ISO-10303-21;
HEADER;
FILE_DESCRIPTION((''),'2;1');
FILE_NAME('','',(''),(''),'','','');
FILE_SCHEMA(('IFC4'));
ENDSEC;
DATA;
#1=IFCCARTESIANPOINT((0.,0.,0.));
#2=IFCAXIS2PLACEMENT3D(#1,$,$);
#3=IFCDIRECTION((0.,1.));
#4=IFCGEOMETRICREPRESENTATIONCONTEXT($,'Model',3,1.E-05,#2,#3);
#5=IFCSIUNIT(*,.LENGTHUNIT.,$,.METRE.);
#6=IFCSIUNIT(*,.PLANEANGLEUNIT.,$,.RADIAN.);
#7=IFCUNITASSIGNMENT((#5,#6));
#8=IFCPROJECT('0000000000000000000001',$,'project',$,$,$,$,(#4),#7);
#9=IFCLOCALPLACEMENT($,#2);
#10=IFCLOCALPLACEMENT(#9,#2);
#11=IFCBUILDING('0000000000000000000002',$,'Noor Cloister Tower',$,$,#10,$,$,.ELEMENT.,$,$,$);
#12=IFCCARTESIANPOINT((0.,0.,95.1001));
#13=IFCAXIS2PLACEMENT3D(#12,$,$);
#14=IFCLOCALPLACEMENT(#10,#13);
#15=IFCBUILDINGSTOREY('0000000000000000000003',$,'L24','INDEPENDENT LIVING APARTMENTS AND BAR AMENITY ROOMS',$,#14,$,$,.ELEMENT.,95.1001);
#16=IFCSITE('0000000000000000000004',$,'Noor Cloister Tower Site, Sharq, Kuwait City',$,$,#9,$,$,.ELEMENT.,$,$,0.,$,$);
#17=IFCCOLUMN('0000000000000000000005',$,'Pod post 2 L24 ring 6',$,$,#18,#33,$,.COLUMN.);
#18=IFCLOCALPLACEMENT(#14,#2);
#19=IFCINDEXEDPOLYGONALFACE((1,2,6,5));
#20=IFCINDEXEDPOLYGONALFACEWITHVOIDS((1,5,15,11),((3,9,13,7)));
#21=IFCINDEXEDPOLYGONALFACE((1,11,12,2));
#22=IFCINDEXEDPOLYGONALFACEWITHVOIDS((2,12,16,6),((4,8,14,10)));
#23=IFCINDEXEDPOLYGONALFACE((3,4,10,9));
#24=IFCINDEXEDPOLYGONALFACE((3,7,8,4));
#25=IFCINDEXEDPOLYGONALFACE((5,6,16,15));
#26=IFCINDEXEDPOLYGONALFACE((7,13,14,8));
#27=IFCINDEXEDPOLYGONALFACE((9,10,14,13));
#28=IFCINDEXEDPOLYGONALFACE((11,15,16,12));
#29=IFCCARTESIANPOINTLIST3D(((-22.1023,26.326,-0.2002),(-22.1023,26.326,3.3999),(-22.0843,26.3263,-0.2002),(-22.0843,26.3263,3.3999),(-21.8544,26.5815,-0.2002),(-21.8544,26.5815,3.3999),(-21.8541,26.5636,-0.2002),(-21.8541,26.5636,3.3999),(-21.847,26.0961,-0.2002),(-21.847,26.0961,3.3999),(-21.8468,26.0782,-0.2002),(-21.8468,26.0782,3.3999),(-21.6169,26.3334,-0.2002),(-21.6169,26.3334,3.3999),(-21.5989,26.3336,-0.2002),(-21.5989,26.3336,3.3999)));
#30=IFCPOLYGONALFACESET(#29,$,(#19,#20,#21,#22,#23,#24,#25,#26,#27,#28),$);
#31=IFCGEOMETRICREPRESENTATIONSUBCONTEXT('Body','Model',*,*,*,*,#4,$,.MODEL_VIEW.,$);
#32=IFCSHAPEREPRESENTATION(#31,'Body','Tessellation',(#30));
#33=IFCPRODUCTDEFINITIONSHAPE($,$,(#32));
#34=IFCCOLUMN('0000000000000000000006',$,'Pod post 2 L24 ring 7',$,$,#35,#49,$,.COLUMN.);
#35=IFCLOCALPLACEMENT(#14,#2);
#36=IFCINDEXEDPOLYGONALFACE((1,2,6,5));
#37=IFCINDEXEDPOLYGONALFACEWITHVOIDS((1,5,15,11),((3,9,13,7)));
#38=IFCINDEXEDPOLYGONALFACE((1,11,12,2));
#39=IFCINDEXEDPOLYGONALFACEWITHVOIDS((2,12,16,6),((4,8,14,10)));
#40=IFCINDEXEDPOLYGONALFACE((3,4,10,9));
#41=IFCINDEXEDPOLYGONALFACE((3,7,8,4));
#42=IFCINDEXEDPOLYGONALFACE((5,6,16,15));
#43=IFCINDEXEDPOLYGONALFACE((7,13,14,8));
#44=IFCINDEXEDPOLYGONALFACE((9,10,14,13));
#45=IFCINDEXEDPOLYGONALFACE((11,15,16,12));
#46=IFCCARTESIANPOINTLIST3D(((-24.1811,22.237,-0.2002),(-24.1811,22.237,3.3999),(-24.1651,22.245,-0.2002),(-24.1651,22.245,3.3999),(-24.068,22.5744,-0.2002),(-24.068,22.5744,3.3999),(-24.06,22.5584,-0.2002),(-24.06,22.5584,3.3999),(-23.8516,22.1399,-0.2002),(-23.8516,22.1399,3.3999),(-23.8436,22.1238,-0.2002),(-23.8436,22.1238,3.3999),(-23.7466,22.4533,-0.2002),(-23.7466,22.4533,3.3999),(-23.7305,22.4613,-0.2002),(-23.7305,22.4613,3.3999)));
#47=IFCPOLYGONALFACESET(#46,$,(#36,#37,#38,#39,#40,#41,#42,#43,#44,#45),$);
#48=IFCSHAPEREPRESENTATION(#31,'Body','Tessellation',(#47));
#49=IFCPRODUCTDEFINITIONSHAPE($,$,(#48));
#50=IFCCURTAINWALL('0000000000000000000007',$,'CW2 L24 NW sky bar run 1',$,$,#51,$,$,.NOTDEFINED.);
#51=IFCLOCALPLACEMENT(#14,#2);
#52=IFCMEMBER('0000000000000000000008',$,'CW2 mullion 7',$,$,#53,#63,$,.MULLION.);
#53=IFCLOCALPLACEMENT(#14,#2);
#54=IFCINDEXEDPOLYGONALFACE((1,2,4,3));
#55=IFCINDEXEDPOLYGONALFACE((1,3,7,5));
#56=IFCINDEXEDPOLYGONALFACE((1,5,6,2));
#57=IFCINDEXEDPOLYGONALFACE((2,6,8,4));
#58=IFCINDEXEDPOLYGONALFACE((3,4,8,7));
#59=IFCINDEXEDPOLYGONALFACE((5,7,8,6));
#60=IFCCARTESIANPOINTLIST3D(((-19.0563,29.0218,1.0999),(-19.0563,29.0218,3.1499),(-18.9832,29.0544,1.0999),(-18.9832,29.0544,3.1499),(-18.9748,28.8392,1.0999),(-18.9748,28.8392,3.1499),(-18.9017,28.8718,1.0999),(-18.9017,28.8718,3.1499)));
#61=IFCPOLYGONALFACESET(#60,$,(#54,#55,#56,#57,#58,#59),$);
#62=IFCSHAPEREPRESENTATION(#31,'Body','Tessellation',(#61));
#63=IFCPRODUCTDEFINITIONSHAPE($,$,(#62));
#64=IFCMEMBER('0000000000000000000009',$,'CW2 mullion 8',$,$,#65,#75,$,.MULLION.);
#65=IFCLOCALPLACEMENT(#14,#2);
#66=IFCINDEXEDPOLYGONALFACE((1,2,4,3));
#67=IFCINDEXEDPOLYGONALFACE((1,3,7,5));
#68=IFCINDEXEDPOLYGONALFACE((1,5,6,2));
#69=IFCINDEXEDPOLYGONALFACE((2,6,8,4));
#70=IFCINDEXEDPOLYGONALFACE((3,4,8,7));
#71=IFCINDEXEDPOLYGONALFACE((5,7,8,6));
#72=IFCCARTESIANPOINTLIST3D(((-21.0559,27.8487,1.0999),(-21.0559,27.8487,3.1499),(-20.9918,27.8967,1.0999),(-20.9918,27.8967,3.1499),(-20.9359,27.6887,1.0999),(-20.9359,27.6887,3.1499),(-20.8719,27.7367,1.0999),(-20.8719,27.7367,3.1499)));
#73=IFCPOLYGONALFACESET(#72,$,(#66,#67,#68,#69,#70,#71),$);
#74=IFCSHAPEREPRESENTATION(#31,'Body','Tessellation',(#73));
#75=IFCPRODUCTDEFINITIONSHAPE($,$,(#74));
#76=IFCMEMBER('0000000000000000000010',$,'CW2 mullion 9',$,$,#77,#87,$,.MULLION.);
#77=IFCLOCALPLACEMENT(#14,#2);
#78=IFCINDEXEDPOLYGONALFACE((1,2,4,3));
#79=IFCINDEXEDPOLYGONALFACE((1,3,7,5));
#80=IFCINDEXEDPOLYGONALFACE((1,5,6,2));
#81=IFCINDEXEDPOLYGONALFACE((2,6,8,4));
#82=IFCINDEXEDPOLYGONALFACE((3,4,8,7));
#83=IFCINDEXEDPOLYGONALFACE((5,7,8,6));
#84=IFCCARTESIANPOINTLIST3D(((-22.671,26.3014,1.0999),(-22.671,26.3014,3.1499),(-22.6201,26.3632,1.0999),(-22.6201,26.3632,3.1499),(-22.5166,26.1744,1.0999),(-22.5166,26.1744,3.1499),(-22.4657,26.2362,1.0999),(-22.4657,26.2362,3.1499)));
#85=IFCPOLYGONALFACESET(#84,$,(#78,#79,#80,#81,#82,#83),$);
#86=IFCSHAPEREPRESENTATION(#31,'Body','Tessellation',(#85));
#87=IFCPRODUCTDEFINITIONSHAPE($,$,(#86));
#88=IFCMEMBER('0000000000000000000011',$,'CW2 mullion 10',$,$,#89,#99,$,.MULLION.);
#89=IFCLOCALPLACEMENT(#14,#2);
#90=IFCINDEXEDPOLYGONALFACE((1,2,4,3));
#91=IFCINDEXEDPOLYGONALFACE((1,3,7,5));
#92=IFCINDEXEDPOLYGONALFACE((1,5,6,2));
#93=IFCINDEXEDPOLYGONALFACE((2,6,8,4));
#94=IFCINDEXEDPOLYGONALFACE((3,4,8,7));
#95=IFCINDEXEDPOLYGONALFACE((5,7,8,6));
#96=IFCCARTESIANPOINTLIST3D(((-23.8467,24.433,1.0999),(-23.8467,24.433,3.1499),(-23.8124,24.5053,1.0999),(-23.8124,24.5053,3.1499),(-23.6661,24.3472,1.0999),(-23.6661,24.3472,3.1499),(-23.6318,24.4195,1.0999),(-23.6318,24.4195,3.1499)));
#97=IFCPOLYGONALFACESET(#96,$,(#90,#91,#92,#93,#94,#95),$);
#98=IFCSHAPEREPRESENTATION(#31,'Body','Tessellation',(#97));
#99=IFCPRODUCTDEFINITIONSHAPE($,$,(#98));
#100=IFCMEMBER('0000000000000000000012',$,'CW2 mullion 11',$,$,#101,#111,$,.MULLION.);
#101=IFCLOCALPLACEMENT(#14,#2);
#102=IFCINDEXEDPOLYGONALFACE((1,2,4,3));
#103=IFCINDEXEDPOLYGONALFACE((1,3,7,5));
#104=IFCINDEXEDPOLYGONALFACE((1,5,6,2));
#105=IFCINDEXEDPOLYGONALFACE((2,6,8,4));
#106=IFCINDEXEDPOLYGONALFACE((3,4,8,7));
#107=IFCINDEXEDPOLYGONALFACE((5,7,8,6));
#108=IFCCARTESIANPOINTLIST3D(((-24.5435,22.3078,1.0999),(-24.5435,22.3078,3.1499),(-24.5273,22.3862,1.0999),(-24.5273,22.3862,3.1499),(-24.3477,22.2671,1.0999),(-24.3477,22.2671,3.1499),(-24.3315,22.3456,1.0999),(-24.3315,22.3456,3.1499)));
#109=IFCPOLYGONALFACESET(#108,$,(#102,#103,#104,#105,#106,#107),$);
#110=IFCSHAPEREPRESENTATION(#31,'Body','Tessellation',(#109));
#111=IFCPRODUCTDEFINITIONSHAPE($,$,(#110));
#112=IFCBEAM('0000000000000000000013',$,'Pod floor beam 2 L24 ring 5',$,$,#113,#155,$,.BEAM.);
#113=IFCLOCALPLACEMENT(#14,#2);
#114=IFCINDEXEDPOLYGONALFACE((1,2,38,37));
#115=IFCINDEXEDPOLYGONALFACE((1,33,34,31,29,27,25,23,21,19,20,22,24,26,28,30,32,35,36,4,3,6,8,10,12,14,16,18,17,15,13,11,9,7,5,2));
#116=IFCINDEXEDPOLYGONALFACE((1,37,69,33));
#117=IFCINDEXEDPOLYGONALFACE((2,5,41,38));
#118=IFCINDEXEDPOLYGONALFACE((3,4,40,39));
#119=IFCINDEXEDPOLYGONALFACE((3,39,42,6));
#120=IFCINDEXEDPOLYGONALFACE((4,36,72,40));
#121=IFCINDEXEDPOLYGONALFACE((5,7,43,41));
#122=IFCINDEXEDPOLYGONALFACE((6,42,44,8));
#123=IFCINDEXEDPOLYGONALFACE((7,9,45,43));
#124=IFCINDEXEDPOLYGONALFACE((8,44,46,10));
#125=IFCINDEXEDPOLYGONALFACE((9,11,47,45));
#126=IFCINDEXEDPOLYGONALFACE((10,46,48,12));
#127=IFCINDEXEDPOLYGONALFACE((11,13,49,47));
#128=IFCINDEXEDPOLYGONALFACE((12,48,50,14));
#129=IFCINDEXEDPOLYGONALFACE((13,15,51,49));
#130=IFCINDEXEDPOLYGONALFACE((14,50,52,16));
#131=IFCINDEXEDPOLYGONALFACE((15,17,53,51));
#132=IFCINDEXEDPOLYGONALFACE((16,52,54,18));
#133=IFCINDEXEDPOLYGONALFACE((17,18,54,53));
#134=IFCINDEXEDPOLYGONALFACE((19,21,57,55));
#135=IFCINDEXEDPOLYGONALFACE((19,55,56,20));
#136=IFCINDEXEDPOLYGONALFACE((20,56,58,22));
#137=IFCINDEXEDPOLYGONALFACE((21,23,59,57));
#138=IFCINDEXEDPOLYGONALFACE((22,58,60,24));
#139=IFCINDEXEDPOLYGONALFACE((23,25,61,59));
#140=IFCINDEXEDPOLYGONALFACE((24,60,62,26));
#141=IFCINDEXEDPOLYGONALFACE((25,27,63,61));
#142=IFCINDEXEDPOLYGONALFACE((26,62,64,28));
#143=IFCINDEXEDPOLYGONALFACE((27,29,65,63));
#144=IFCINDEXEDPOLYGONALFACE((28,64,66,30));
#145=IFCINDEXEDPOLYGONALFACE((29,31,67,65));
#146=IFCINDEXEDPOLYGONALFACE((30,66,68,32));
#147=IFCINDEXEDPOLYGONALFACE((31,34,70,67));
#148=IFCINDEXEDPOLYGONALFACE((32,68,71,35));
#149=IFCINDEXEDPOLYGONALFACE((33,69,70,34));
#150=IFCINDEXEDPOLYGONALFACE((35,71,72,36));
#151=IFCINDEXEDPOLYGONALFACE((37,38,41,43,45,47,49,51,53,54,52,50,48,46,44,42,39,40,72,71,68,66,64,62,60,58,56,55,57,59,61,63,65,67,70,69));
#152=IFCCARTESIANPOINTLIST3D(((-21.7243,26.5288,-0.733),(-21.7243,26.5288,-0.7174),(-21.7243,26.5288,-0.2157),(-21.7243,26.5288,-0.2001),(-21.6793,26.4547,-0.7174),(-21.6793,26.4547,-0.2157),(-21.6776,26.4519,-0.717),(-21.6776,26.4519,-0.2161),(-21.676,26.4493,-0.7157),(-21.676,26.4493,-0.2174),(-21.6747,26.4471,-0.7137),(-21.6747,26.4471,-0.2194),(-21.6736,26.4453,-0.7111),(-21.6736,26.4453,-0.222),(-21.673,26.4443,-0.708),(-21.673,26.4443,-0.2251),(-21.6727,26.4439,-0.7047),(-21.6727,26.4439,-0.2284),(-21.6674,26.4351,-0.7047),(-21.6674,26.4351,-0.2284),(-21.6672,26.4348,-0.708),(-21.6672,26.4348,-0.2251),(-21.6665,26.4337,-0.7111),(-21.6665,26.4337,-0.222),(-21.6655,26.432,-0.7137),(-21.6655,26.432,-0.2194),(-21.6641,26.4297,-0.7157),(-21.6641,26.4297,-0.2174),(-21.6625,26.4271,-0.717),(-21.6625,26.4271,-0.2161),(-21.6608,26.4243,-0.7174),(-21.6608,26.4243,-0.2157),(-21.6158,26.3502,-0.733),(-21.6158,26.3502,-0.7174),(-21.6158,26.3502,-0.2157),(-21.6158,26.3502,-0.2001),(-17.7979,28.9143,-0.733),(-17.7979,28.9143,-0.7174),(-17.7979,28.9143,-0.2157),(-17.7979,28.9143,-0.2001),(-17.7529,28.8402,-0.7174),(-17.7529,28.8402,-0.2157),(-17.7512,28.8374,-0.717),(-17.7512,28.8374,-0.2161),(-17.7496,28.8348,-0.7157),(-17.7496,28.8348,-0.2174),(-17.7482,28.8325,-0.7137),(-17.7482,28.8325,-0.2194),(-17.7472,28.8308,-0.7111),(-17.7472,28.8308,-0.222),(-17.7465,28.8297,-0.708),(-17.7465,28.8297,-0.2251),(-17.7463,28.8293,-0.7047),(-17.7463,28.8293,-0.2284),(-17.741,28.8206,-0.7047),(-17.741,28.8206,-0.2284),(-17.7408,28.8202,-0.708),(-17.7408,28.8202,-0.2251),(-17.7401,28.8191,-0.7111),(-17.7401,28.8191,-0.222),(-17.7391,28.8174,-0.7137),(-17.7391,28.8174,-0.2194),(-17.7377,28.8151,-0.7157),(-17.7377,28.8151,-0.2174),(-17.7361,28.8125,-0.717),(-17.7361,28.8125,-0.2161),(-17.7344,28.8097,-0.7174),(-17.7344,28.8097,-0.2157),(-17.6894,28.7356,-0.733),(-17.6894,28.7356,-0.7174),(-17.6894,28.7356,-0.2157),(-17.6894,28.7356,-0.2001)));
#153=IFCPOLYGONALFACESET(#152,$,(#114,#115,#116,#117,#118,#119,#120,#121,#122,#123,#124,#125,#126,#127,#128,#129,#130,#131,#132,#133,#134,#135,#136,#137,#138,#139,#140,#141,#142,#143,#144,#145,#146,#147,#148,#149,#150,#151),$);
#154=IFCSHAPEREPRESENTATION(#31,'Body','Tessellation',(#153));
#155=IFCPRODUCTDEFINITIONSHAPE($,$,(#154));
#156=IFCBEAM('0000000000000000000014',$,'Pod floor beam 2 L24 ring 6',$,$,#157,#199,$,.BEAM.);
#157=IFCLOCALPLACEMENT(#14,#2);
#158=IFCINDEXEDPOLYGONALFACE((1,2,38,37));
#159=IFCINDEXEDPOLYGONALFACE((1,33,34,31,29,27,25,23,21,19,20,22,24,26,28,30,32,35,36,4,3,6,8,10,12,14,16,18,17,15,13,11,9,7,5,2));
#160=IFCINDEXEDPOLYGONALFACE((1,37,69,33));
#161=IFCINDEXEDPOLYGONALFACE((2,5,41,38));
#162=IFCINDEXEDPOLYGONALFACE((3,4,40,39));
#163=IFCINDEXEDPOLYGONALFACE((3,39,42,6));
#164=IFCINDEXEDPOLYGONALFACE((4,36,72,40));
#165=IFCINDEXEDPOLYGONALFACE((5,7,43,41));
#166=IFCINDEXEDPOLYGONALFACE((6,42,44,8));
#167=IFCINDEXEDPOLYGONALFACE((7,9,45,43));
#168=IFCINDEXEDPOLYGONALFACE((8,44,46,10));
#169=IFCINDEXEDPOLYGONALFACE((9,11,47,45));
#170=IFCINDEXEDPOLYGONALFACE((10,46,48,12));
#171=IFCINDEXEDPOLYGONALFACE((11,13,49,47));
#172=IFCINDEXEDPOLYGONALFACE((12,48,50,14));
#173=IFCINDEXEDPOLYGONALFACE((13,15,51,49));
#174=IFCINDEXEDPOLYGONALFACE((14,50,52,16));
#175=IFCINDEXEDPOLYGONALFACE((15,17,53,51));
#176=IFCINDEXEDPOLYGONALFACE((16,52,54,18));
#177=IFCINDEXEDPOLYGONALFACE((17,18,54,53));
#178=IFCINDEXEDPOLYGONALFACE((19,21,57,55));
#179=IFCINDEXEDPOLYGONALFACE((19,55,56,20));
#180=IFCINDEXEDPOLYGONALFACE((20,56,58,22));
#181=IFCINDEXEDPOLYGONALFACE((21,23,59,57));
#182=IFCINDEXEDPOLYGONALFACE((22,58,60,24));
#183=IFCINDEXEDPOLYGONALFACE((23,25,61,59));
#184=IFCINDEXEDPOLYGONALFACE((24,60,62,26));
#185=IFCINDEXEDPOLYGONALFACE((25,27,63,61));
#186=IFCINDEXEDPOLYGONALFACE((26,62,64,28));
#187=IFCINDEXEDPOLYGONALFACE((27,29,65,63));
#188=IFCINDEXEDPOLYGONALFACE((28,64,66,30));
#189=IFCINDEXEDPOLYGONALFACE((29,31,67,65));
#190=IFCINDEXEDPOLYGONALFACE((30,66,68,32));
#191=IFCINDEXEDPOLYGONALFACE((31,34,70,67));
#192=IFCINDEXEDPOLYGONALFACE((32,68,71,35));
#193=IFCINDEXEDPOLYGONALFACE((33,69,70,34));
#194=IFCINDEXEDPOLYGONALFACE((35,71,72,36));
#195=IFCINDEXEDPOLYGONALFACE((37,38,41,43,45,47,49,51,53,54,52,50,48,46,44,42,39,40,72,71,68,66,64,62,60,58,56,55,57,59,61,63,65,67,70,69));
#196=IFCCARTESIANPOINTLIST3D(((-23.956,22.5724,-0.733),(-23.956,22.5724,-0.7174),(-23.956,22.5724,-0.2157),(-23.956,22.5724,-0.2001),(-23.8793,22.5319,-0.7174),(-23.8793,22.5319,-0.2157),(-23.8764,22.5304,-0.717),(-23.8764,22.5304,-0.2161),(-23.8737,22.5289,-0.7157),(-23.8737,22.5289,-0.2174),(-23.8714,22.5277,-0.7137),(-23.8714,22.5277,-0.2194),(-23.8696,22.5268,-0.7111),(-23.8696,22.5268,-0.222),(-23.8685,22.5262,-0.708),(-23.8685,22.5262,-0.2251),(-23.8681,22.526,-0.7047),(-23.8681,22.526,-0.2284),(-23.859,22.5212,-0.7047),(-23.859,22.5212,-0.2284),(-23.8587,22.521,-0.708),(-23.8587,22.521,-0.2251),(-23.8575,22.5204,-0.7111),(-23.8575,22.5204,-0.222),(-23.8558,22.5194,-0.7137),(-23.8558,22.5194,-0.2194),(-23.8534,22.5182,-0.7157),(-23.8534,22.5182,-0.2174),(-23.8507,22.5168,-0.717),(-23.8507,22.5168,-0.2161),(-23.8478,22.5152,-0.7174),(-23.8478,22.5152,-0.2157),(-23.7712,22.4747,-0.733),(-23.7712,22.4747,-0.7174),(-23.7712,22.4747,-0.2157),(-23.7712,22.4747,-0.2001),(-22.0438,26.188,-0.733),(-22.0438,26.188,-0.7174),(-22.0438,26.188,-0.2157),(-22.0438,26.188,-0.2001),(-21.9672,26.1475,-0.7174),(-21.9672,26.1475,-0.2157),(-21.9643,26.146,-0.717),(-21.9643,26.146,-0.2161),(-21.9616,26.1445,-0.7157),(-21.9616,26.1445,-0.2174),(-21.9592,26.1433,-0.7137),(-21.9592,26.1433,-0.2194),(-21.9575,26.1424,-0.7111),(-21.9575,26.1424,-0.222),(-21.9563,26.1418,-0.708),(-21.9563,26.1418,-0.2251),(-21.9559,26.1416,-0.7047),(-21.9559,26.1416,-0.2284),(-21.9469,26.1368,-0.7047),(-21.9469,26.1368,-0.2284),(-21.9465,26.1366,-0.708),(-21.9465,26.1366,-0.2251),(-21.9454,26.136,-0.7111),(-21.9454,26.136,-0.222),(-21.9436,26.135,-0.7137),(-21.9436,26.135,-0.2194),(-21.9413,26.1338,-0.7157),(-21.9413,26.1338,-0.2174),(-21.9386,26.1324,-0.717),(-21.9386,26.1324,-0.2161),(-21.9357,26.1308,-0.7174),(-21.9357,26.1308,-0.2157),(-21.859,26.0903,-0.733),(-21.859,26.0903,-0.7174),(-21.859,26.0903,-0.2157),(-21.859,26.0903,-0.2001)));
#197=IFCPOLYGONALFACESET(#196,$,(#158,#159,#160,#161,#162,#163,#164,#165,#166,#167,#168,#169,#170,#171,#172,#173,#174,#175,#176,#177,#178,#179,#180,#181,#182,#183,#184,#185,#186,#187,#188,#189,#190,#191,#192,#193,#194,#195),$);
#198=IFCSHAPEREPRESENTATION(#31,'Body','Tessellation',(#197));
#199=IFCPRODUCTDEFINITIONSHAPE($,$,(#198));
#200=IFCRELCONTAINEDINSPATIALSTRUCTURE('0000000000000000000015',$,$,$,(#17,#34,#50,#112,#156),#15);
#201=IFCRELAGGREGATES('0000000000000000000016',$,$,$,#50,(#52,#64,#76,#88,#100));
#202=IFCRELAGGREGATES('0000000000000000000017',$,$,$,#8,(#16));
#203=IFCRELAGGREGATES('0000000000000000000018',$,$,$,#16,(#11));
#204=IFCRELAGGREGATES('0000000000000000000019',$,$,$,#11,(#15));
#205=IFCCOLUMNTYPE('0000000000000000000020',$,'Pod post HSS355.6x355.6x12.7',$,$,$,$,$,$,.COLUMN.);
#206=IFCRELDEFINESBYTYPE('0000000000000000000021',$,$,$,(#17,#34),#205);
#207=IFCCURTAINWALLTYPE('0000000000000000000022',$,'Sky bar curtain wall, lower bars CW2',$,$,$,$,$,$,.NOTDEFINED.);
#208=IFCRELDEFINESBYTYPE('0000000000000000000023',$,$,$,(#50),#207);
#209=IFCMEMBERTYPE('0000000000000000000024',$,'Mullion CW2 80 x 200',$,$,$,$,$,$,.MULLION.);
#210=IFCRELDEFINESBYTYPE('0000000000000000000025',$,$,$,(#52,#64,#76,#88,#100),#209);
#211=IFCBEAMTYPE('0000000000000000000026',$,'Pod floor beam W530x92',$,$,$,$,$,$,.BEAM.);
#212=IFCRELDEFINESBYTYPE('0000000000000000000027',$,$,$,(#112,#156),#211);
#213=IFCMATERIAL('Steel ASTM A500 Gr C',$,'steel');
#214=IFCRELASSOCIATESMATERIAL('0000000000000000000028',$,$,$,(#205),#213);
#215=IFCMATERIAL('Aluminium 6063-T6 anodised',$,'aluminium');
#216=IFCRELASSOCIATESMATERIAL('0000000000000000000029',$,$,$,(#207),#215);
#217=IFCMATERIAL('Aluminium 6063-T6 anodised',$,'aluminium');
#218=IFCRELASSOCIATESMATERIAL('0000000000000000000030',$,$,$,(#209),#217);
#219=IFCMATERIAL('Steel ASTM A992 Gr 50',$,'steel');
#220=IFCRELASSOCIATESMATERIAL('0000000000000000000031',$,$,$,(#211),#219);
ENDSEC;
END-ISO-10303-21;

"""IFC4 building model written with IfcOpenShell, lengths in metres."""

from ifc_helpers import new_model, si_unit, direction, frame, origin, origin_2d, place, context, subcontext, project, spatial, rectangle, hollow_rectangle, i_section, extrude, material, material_profile, profile_set, type_object, element, aggregate, save


model = new_model("IFC4")

# Units and contexts
model_context = context("Model", 3, precision=1e-05, world=origin(), true_north=direction((0.0, 1.0)))
body_context = subcontext(model_context, "Body", "Model", "MODEL_VIEW")
ifc_project = project(units=[si_unit("LENGTHUNIT", "METRE"), si_unit("PLANEANGLEUNIT", "RADIAN")], contexts=[model_context])

# Site, building, storey
site_placement = place(None, origin())
site = spatial("IfcSite", under=ifc_project, at=site_placement, Name="Noor Cloister Tower Site, Sharq, Kuwait City", CompositionType="ELEMENT", RefElevation=0.0)
building_placement = place(site_placement, origin())
building = spatial("IfcBuilding", under=site, at=building_placement, Name="Noor Cloister Tower", CompositionType="ELEMENT")
storey_placement = place(building_placement, frame((0.0, 0.0, 95.1001)))
storey = spatial("IfcBuildingStorey", under=building, at=storey_placement, Name="L24", Description="INDEPENDENT LIVING APARTMENTS AND BAR AMENITY ROOMS", CompositionType="ELEMENT", Elevation=95.1001)

# Columns
ifc_material_1 = material(Name="Steel ASTM A500 Gr C", Category="steel")
ifc_material_profile_1 = material_profile(ifc_material_1, hollow_rectangle(XDim=0.356, YDim=0.356, WallThickness=0.0127, at=origin_2d()), Name="HSS355.6x355.6x12.7")
ifc_profile_set_1 = profile_set([ifc_material_profile_1], Name="Steel ASTM A500 Gr C")
column_type = type_object("IfcColumnType", Name="Pod post HSS355.6x355.6x12.7", PredefinedType="COLUMN", material=ifc_profile_set_1)
for number, where, z_axis, x_axis, name in (
    (1, (-21.8506, 26.3298, -0.2002), (0.0, 0.0, 1.0), (-0.696323, -0.717728, 0.0), "Pod post 2 L24 ring 6"),
    (2, (-23.9558, 22.3491, -0.2002), (0.0, 0.0, 1.0), (-0.317909, -0.948121, 0.0), "Pod post 2 L24 ring 7"),
):
    element("IfcColumn", number, at=place(storey_placement, frame(where, z_axis=z_axis, x_axis=x_axis)), inside=storey, type_object=column_type, Name=name, PredefinedType="COLUMN", context=body_context, shape_type="SweptSolid", body=[
        extrude(hollow_rectangle(XDim=0.356, YDim=0.356, WallThickness=0.0127, at=origin_2d()), origin(), (0.0, 0.0, 1.0), 3.6001),
    ])

# Curtain wall, members
ifc_material_2 = material(Name="Aluminium 6063-T6 anodised", Category="aluminium")
curtain_wall_type = type_object("IfcCurtainWallType", Name="Sky bar curtain wall, lower bars CW2", PredefinedType="NOTDEFINED", material=ifc_material_2)
curtain_wall_placement = place(storey_placement, origin())
curtain_wall = element("IfcCurtainWall", 3, at=curtain_wall_placement, inside=storey, type_object=curtain_wall_type, Name="CW2 L24 NW sky bar run 1", PredefinedType="NOTDEFINED")
ifc_material_3 = material(Name="Aluminium 6063-T6 anodised", Category="aluminium")
ifc_material_profile_2 = material_profile(ifc_material_3, rectangle(XDim=0.2, YDim=0.0801, at=origin_2d()), Name="200 x 80 mullion")
ifc_profile_set_2 = profile_set([ifc_material_profile_2], Name="Aluminium 6063-T6 anodised")
member_type = type_object("IfcMemberType", Name="Mullion CW2 80 x 200", PredefinedType="MULLION", material=ifc_profile_set_2)
member_1_placement = place(storey_placement, frame((-18.979, 28.9468, 1.0999), z_axis=(0.0, 0.0, 1.0), x_axis=(0.407604, -0.913159, 0.0)))
member_1 = element("IfcMember", 4, at=member_1_placement, type_object=member_type, Name="CW2 mullion 7", PredefinedType="MULLION", context=body_context, shape_type="SweptSolid", body=[
    extrude(rectangle(XDim=0.2, YDim=0.0801, at=origin_2d()), origin(), (0.0, 0.0, 1.0), 2.05),
])
member_2_placement = place(storey_placement, frame((-20.9639, 27.7927, 1.0999), z_axis=(0.0, 0.0, 1.0), x_axis=(0.599729, -0.800203, 0.0)))
member_2 = element("IfcMember", 5, at=member_2_placement, type_object=member_type, Name="CW2 mullion 8", PredefinedType="MULLION", context=body_context, shape_type="SweptSolid", body=[
    extrude(rectangle(XDim=0.2, YDim=0.0801, at=origin_2d()), origin(), (0.0, 0.0, 1.0), 2.05),
])
member_3_placement = place(storey_placement, frame((-22.5684, 26.2688, 1.0999), z_axis=(0.0, 0.0, 1.0), x_axis=(0.772133, -0.635461, 0.0)))
member_3 = element("IfcMember", 6, at=member_3_placement, type_object=member_type, Name="CW2 mullion 9", PredefinedType="MULLION", context=body_context, shape_type="SweptSolid", body=[
    extrude(rectangle(XDim=0.2, YDim=0.0801, at=origin_2d()), origin(), (0.0, 0.0, 1.0), 2.05),
])
member_4_placement = place(storey_placement, frame((-23.7393, 24.4263, 1.0999), z_axis=(0.0, 0.0, 1.0), x_axis=(0.903209, -0.429201, 0.0)))
member_4 = element("IfcMember", 7, at=member_4_placement, type_object=member_type, Name="CW2 mullion 10", PredefinedType="MULLION", context=body_context, shape_type="SweptSolid", body=[
    extrude(rectangle(XDim=0.2, YDim=0.0801, at=origin_2d()), origin(), (0.0, 0.0, 1.0), 2.05),
])
member_5_placement = place(storey_placement, frame((-24.4375, 22.3267, 1.0999), z_axis=(0.0, 0.0, 1.0), x_axis=(0.979147, -0.203155, 0.0)))
member_5 = element("IfcMember", 8, at=member_5_placement, type_object=member_type, Name="CW2 mullion 11", PredefinedType="MULLION", context=body_context, shape_type="SweptSolid", body=[
    extrude(rectangle(XDim=0.2, YDim=0.0801, at=origin_2d()), origin(), (0.0, 0.0, 1.0), 2.05),
])

# Beams
ifc_material_4 = material(Name="Steel ASTM A992 Gr 50", Category="steel")
ifc_material_profile_3 = material_profile(ifc_material_4, i_section(OverallWidth=0.209, OverallDepth=0.533, WebThickness=0.0103, FlangeThickness=0.0156, FilletRadius=0.0127, at=origin_2d()), Name="W530x92")
ifc_profile_set_3 = profile_set([ifc_material_profile_3], Name="Steel ASTM A992 Gr 50")
beam_type = type_object("IfcBeamType", Name="Pod floor beam W530x92", PredefinedType="BEAM", material=ifc_profile_set_3)
beam_1_placement = place(storey_placement, frame((-17.7437, 28.825, -0.4666), z_axis=(-0.854638, -0.519224, 0.0), x_axis=(0.519224, -0.854638, 0.0)))
element("IfcBeam", 9, at=beam_1_placement, inside=storey, type_object=beam_type, Name="Pod floor beam 2 L24 ring 5", PredefinedType="BEAM", context=body_context, shape_type="SweptSolid", body=[
    extrude(i_section(OverallWidth=0.209, OverallDepth=0.533, WebThickness=0.0103, FlangeThickness=0.0156, FilletRadius=0.0127, at=origin_2d()), origin(), (0.0, 0.0, 1.0), 4.5942),
])
beam_2_placement = place(storey_placement, frame((-21.9514, 26.1392, -0.4666), z_axis=(-0.467512, -0.883987, 0.0), x_axis=(0.883987, -0.467512, 0.0)))
element("IfcBeam", 10, at=beam_2_placement, inside=storey, type_object=beam_type, Name="Pod floor beam 2 L24 ring 6", PredefinedType="BEAM", context=body_context, shape_type="SweptSolid", body=[
    extrude(i_section(OverallWidth=0.209, OverallDepth=0.533, WebThickness=0.0103, FlangeThickness=0.0156, FilletRadius=0.0127, at=origin_2d()), origin(), (0.0, 0.0, 1.0), 4.0901),
])

aggregate(curtain_wall, [member_1, member_2, member_3, member_4, member_5])

save(model, "model.ifc")
